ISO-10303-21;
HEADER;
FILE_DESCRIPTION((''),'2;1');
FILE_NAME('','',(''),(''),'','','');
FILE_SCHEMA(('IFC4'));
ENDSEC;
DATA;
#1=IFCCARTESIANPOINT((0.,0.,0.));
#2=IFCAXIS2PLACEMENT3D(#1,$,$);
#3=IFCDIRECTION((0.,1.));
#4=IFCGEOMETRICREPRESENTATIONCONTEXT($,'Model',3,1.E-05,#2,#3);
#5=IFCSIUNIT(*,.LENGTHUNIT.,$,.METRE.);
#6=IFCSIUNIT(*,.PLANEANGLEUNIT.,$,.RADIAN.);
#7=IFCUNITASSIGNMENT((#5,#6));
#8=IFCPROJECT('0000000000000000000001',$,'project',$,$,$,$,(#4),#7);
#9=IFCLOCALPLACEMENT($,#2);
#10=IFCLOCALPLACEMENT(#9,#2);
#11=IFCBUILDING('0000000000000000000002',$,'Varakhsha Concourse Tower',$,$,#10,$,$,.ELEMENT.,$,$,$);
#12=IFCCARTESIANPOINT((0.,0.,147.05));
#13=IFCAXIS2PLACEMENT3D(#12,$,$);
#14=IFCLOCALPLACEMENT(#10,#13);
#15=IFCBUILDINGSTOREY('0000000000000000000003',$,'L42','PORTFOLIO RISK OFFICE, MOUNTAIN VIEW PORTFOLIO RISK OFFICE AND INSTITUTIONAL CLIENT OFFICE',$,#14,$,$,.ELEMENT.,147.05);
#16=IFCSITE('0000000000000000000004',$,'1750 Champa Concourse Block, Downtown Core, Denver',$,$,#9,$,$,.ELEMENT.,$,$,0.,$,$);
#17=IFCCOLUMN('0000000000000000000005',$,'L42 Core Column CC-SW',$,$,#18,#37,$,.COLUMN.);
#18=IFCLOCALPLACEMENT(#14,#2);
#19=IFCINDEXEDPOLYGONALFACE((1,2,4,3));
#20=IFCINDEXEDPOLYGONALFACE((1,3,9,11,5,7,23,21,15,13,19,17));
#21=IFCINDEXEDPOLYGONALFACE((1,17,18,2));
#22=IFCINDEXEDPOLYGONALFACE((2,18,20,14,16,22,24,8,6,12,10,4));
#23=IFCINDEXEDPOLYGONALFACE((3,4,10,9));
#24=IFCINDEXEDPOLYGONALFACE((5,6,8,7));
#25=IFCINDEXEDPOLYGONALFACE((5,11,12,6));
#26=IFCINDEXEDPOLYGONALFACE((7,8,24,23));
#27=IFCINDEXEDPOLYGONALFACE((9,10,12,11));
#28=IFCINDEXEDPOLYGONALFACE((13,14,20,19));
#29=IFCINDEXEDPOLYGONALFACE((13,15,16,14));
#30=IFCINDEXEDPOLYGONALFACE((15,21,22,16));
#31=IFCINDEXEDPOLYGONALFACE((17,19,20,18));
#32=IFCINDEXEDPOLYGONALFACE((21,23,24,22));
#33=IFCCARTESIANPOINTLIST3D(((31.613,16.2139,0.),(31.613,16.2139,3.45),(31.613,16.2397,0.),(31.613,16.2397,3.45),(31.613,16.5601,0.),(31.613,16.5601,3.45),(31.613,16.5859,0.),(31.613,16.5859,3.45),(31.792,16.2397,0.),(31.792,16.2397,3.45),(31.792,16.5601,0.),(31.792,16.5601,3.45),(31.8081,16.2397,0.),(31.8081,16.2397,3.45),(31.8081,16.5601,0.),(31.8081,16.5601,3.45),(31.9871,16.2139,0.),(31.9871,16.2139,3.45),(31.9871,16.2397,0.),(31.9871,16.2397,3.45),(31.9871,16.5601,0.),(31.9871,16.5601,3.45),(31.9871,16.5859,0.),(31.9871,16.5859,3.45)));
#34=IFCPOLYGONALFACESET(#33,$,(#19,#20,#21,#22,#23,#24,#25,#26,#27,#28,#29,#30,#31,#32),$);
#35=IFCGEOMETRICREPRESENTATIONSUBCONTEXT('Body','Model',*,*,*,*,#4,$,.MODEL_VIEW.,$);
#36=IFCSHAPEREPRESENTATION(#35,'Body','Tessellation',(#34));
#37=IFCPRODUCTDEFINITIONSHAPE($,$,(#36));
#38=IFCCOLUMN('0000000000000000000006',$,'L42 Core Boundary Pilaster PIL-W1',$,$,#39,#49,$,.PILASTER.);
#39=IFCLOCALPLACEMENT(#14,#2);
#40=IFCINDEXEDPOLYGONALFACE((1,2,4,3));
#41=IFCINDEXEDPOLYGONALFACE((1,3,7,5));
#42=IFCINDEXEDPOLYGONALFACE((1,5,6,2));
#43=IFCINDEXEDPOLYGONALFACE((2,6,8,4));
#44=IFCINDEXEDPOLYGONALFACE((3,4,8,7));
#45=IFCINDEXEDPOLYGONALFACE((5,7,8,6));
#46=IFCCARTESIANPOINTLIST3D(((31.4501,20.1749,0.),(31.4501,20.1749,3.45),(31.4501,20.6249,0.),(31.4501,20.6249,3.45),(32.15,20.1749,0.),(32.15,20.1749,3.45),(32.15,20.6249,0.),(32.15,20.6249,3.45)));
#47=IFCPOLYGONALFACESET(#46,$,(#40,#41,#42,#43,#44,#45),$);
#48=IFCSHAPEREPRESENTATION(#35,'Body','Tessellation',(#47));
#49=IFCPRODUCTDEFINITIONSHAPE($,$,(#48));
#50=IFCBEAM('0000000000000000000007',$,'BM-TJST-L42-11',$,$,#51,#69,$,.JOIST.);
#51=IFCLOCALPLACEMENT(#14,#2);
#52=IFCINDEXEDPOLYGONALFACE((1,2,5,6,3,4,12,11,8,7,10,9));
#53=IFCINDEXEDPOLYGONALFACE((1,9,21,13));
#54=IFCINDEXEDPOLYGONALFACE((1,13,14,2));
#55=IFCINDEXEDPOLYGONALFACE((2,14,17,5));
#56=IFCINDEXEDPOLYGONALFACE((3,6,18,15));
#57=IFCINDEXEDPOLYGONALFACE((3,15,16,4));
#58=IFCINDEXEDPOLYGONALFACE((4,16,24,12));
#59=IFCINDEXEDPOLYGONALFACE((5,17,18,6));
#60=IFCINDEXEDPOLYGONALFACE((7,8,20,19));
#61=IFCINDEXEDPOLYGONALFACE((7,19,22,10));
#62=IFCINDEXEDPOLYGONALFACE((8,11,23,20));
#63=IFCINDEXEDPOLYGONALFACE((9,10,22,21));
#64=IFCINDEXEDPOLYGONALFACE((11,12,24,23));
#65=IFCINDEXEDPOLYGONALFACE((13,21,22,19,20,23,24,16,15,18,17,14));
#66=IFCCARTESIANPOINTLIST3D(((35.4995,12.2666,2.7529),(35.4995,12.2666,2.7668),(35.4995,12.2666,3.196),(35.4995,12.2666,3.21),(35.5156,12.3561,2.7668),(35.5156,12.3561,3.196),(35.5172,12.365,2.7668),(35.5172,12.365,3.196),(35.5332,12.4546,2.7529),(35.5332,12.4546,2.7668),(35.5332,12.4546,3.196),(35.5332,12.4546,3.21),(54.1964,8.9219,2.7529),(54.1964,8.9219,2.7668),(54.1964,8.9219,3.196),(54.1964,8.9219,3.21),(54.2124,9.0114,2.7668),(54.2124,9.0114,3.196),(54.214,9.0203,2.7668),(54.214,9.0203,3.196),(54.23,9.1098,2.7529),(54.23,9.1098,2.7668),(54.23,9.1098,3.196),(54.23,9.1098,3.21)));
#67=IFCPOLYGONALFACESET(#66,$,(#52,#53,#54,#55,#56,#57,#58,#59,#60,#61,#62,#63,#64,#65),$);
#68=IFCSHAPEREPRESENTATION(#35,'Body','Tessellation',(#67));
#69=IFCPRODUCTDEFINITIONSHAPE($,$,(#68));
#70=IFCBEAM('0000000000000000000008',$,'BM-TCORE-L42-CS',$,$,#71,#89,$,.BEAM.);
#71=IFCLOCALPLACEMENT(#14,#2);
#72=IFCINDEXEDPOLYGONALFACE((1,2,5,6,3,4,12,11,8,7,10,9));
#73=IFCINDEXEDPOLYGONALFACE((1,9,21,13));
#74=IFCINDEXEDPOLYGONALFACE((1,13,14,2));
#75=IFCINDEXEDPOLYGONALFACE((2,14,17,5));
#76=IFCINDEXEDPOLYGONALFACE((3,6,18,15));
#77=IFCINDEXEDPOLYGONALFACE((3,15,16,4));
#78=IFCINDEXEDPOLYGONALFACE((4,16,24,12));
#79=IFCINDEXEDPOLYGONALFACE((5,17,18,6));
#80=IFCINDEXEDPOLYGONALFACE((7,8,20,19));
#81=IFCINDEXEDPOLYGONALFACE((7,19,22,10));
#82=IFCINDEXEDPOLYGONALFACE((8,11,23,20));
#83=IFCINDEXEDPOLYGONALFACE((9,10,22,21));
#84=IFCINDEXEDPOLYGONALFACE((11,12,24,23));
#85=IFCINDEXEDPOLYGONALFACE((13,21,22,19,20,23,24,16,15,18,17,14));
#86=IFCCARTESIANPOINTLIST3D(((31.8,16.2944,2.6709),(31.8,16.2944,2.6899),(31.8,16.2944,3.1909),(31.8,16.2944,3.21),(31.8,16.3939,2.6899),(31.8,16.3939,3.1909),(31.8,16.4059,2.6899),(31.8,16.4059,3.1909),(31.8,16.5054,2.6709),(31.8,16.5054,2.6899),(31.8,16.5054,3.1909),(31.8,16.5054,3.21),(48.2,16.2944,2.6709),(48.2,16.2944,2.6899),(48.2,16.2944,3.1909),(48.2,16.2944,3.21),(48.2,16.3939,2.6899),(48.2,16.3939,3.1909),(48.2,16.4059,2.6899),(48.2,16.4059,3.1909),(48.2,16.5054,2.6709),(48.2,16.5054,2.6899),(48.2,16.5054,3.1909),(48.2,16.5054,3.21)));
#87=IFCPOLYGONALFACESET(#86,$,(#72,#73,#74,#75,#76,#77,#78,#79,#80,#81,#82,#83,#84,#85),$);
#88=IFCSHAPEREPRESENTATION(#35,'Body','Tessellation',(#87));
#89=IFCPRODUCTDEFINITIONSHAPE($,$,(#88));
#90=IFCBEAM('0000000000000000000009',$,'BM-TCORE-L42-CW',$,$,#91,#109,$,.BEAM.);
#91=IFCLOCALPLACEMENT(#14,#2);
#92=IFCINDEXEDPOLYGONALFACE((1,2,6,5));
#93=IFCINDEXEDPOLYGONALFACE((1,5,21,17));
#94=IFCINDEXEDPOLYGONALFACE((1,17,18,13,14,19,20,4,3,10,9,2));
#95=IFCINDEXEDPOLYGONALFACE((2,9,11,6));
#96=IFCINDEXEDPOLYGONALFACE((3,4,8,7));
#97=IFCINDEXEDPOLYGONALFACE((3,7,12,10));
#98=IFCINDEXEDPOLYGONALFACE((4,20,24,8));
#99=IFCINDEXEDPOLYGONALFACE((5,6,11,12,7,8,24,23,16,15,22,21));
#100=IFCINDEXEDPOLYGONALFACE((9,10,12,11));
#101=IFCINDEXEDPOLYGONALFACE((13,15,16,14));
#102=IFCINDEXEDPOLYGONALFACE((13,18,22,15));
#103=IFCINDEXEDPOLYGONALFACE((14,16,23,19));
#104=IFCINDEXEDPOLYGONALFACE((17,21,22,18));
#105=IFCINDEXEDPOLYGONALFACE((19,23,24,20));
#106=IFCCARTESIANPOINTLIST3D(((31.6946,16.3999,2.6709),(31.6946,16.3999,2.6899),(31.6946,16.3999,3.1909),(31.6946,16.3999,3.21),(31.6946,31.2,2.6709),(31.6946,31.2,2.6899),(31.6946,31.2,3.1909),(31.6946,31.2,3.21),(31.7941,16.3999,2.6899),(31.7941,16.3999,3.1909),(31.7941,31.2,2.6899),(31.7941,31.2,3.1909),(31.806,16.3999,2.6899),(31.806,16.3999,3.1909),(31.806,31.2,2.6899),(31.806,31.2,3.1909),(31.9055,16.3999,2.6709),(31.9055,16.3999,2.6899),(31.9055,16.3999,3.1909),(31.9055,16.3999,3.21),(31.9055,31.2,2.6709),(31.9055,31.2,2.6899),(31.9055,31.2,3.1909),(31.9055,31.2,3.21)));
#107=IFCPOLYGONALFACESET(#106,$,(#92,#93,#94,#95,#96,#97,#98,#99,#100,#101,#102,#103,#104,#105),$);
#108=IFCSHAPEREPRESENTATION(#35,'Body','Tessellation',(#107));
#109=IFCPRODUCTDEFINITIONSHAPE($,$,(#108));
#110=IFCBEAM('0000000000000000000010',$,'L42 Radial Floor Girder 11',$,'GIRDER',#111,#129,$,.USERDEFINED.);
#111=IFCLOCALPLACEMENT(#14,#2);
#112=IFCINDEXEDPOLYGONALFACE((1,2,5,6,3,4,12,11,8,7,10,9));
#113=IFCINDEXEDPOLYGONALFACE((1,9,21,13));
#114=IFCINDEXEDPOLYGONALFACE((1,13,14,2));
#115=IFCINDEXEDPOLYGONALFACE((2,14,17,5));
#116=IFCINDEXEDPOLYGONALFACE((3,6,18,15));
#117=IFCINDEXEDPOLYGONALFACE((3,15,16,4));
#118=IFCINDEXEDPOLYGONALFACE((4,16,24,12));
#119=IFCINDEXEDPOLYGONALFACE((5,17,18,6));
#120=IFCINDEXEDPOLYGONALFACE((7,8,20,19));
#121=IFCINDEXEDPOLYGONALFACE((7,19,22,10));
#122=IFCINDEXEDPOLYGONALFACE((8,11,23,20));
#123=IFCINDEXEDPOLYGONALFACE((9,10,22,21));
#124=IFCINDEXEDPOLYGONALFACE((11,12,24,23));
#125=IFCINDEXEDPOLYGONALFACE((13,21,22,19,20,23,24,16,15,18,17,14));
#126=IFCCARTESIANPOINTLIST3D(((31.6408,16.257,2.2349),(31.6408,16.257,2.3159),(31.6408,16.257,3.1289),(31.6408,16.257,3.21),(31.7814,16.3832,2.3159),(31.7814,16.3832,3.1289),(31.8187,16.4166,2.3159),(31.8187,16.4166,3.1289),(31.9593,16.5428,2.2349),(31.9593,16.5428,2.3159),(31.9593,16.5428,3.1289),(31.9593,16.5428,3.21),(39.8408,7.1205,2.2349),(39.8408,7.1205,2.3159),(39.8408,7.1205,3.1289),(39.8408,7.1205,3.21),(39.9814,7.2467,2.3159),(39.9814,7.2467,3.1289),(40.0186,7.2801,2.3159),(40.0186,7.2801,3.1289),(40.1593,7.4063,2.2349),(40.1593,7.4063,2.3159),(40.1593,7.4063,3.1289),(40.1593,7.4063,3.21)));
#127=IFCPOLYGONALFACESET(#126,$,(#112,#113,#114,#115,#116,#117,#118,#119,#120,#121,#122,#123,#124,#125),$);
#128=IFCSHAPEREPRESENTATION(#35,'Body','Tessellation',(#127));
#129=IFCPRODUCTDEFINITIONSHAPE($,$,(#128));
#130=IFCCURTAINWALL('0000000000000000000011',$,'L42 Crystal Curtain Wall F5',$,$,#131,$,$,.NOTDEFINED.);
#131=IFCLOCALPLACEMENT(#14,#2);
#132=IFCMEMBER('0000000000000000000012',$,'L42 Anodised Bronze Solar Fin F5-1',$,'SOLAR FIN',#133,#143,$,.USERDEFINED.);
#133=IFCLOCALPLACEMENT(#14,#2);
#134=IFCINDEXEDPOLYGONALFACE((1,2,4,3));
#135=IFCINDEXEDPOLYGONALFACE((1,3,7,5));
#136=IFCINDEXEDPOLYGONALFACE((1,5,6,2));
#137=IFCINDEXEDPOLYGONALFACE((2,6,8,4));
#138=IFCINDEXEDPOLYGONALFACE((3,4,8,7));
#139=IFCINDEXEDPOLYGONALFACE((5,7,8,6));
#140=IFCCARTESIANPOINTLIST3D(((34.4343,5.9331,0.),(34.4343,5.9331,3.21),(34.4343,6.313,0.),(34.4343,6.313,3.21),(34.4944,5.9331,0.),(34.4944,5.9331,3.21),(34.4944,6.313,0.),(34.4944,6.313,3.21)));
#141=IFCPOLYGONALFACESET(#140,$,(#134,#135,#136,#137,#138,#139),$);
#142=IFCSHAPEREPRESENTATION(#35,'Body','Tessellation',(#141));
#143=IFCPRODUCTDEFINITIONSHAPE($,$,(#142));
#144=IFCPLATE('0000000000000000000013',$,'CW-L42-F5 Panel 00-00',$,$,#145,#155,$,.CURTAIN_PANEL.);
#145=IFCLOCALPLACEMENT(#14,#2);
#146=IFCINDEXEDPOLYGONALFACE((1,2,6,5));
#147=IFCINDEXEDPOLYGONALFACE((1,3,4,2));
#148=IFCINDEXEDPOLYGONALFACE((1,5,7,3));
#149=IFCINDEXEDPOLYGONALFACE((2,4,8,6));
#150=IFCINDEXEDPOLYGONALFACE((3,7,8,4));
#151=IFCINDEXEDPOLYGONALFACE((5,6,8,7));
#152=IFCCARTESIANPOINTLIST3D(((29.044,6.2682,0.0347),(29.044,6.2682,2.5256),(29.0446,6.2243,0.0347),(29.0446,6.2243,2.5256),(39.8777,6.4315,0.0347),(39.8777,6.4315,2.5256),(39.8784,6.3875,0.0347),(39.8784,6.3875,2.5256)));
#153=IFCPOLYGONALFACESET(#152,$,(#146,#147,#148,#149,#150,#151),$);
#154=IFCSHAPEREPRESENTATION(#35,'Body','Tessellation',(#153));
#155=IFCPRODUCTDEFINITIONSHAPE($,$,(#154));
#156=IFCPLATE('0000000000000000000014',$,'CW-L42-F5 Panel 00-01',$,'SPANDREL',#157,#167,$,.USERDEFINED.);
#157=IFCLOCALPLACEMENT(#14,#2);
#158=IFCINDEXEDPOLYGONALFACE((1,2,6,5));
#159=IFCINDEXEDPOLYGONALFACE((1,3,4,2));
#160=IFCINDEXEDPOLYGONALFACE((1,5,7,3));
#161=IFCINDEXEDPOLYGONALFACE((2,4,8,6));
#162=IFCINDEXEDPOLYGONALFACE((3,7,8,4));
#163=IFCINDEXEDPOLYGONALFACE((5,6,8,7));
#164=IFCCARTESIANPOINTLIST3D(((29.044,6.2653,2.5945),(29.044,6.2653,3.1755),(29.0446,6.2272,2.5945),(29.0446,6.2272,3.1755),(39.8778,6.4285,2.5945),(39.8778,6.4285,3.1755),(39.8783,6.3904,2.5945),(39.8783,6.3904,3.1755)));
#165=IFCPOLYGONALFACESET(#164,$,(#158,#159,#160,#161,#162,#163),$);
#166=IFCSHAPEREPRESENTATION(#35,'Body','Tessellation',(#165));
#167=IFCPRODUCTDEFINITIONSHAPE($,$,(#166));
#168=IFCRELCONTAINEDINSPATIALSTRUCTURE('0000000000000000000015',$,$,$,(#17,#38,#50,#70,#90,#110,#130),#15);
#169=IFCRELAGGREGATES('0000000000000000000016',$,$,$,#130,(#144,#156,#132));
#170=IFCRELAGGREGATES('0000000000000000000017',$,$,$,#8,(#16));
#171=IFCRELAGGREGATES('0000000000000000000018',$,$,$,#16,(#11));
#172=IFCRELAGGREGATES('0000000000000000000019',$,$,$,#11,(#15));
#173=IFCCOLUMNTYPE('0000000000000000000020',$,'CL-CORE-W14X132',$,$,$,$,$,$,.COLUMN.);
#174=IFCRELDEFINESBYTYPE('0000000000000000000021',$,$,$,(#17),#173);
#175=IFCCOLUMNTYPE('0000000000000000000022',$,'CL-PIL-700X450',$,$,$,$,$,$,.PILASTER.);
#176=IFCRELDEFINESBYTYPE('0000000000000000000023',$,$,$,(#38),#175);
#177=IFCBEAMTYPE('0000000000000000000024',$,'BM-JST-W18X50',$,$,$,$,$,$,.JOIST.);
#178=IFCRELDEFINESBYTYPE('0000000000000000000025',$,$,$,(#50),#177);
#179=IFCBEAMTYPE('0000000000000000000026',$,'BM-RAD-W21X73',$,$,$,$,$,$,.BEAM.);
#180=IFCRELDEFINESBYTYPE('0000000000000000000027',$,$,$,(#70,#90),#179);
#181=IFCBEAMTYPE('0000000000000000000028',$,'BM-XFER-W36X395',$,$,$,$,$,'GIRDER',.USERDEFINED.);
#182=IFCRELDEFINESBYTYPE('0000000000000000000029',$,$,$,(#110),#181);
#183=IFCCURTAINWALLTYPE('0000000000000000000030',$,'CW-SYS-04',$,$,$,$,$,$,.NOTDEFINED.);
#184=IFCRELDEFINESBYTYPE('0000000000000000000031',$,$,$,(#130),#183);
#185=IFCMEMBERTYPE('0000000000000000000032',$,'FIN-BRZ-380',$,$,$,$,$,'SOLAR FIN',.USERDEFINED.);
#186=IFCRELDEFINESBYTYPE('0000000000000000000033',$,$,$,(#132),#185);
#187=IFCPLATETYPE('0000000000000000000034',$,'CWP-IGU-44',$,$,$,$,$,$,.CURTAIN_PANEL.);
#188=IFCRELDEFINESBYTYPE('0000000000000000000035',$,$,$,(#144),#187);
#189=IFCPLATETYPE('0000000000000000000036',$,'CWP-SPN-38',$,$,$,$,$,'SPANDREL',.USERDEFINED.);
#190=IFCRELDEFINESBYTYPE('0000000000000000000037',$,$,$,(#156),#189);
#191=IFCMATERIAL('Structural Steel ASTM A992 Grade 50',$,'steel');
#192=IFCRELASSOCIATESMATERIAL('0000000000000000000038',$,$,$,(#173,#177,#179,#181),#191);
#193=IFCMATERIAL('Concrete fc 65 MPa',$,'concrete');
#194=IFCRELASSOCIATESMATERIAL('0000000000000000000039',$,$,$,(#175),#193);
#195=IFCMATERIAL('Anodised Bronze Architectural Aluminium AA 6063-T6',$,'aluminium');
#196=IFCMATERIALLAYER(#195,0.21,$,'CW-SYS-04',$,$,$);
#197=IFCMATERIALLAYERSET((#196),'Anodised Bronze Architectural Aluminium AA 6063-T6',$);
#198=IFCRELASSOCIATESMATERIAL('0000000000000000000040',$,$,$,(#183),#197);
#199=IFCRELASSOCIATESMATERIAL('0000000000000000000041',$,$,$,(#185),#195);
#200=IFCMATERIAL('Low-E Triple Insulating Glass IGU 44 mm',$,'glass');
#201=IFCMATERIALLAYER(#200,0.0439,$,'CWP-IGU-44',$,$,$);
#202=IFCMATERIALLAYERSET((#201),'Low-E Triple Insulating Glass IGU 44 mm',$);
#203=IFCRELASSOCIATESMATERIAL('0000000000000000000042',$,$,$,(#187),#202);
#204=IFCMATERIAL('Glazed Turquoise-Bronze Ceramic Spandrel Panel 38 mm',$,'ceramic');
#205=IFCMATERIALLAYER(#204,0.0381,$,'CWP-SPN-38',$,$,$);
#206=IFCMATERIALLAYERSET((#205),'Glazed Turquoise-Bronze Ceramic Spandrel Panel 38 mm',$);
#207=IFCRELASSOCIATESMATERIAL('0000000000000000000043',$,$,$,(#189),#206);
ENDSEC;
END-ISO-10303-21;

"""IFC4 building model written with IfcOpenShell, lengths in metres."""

from ifc_helpers import new_model, si_unit, direction, frame, origin, origin_2d, place, context, subcontext, project, spatial, rectangle, i_section, extrude, source, transform, mapped, material, layer, layer_set, material_profile, profile_set, type_object, type_shapes, element, aggregate, save


model = new_model("IFC4")

# Units and contexts
model_context = context("Model", 3, precision=1e-05, world=origin(), true_north=direction((0.0, 1.0)))
body_context = subcontext(model_context, "Body", "Model", "MODEL_VIEW")
ifc_project = project(units=[si_unit("LENGTHUNIT", "METRE"), si_unit("PLANEANGLEUNIT", "RADIAN")], contexts=[model_context])

# Site, building, storey
site_placement = place(None, origin())
site = spatial("IfcSite", under=ifc_project, at=site_placement, Name="1750 Champa Concourse Block, Downtown Core, Denver", CompositionType="ELEMENT", RefElevation=0.0)
building_placement = place(site_placement, origin())
building = spatial("IfcBuilding", under=site, at=building_placement, Name="Varakhsha Concourse Tower", CompositionType="ELEMENT")
storey_placement = place(building_placement, frame((0.0, 0.0, 147.05)))
storey = spatial("IfcBuildingStorey", under=building, at=storey_placement, Name="L42", Description="PORTFOLIO RISK OFFICE, MOUNTAIN VIEW PORTFOLIO RISK OFFICE AND INSTITUTIONAL CLIENT OFFICE", CompositionType="ELEMENT", Elevation=147.05)

# Columns
ifc_material_1 = material(Name="Structural Steel ASTM A992 Grade 50", Category="steel")
ifc_material_profile_1 = material_profile(ifc_material_1, i_section(OverallWidth=0.374, OverallDepth=0.3721, WebThickness=0.0161, FlangeThickness=0.0259, at=origin_2d()), Name="W14X132")
ifc_profile_set_1 = profile_set([ifc_material_profile_1], Name="Structural Steel ASTM A992 Grade 50")
column_type_1 = type_object("IfcColumnType", Name="CL-CORE-W14X132", PredefinedType="COLUMN", material=ifc_profile_set_1)
column_1_placement = place(storey_placement, frame((31.8, 16.3999, 0.0), z_axis=(0.0, 0.0, 1.0), x_axis=(1.0, 0.0, 0.0)))
element("IfcColumn", 1, at=column_1_placement, inside=storey, type_object=column_type_1, Name="L42 Core Column CC-SW", PredefinedType="COLUMN", context=body_context, shape_type="SweptSolid", body=[
    extrude(i_section(OverallWidth=0.374, OverallDepth=0.3721, WebThickness=0.0161, FlangeThickness=0.0259, at=origin_2d()), origin(), (0.0, 0.0, 1.0), 3.45),
])
ifc_material_2 = material(Name="Concrete fc 65 MPa", Category="concrete")
ifc_material_profile_2 = material_profile(ifc_material_2, rectangle(XDim=0.7, YDim=0.45, at=origin_2d()), Name="RC 700x450")
ifc_profile_set_2 = profile_set([ifc_material_profile_2], Name="Concrete fc 65 MPa")
column_type_2 = type_object("IfcColumnType", Name="CL-PIL-700X450", PredefinedType="PILASTER", material=ifc_profile_set_2)
column_2_placement = place(storey_placement, frame((31.8, 20.3999, 0.0), z_axis=(0.0, 0.0, 1.0), x_axis=(1.0, 0.0, 0.0)))
element("IfcColumn", 2, at=column_2_placement, inside=storey, type_object=column_type_2, Name="L42 Core Boundary Pilaster PIL-W1", PredefinedType="PILASTER", context=body_context, shape_type="SweptSolid", body=[
    extrude(rectangle(XDim=0.7, YDim=0.45, at=origin_2d()), origin(), (0.0, 0.0, 1.0), 3.45),
])

# Beams
ifc_material_profile_3 = material_profile(ifc_material_1, i_section(OverallWidth=0.1909, OverallDepth=0.457, WebThickness=0.009, FlangeThickness=0.0139, at=origin_2d()), Name="W18X50")
ifc_profile_set_3 = profile_set([ifc_material_profile_3], Name="Structural Steel ASTM A992 Grade 50")
beam_type_1 = type_object("IfcBeamType", Name="BM-JST-W18X50", PredefinedType="JOIST", material=ifc_profile_set_3)
beam_1_placement = place(storey_placement, frame((35.5164, 12.3606, 2.9814), z_axis=(0.984373, -0.176098, 0.0), x_axis=(0.176098, 0.984373, 0.0)))
element("IfcBeam", 3, at=beam_1_placement, inside=storey, type_object=beam_type_1, Name="BM-TJST-L42-11", PredefinedType="JOIST", context=body_context, shape_type="SweptSolid", body=[
    extrude(i_section(OverallWidth=0.1909, OverallDepth=0.457, WebThickness=0.009, FlangeThickness=0.0139, at=origin_2d()), origin(), (0.0, 0.0, 1.0), 18.9937),
])
ifc_material_profile_4 = material_profile(ifc_material_1, i_section(OverallWidth=0.2109, OverallDepth=0.5391, WebThickness=0.012, FlangeThickness=0.019, at=origin_2d()), Name="W21X73")
ifc_profile_set_4 = profile_set([ifc_material_profile_4], Name="Structural Steel ASTM A992 Grade 50")
beam_type_2 = type_object("IfcBeamType", Name="BM-RAD-W21X73", PredefinedType="BEAM", material=ifc_profile_set_4)
beam_2_placement = place(storey_placement, frame((31.8, 16.3999, 2.9404), z_axis=(1.0, 0.0, 0.0), x_axis=(0.0, 1.0, 0.0)))
element("IfcBeam", 4, at=beam_2_placement, inside=storey, type_object=beam_type_2, Name="BM-TCORE-L42-CS", PredefinedType="BEAM", context=body_context, shape_type="SweptSolid", body=[
    extrude(i_section(OverallWidth=0.2109, OverallDepth=0.5391, WebThickness=0.012, FlangeThickness=0.019, at=origin_2d()), origin(), (0.0, 0.0, 1.0), 16.3999),
])
beam_3_placement = place(storey_placement, frame((31.8, 16.3999, 2.9404), z_axis=(0.0, 1.0, 0.0), x_axis=(-1.0, 0.0, 0.0)))
element("IfcBeam", 5, at=beam_3_placement, inside=storey, type_object=beam_type_2, Name="BM-TCORE-L42-CW", PredefinedType="BEAM", context=body_context, shape_type="SweptSolid", body=[
    extrude(i_section(OverallWidth=0.2109, OverallDepth=0.5391, WebThickness=0.012, FlangeThickness=0.019, at=origin_2d()), origin(), (0.0, 0.0, 1.0), 14.8),
])
ifc_material_profile_5 = material_profile(ifc_material_1, i_section(OverallWidth=0.428, OverallDepth=0.9751, WebThickness=0.05, FlangeThickness=0.0811, at=origin_2d()), Name="W36X395")
ifc_profile_set_5 = profile_set([ifc_material_profile_5], Name="Structural Steel ASTM A992 Grade 50")
beam_type_3 = type_object("IfcBeamType", Name="BM-XFER-W36X395", ElementType="GIRDER", PredefinedType="USERDEFINED", material=ifc_profile_set_5)
beam_4_placement = place(storey_placement, frame((31.8, 16.3999, 2.7224), z_axis=(0.667935, -0.74422, 0.0), x_axis=(0.74422, 0.667935, 0.0)))
element("IfcBeam", 6, at=beam_4_placement, inside=storey, type_object=beam_type_3, Name="L42 Radial Floor Girder 11", ObjectType="GIRDER", PredefinedType="USERDEFINED", context=body_context, shape_type="SweptSolid", body=[
    extrude(i_section(OverallWidth=0.428, OverallDepth=0.9751, WebThickness=0.05, FlangeThickness=0.0811, at=origin_2d()), origin(), (0.0, 0.0, 1.0), 12.2766),
])

# Curtain wall, member, plates
ifc_material_3 = material(Name="Anodised Bronze Architectural Aluminium AA 6063-T6", Category="aluminium")
ifc_layer_1 = layer(ifc_material_3, 0.21, Name="CW-SYS-04")
ifc_layer_set_1 = layer_set([ifc_layer_1], Name="Anodised Bronze Architectural Aluminium AA 6063-T6")
curtain_wall_type = type_object("IfcCurtainWallType", Name="CW-SYS-04", PredefinedType="NOTDEFINED", material=ifc_layer_set_1)
curtain_wall_placement = place(storey_placement, origin())
curtain_wall = element("IfcCurtainWall", 7, at=curtain_wall_placement, inside=storey, type_object=curtain_wall_type, Name="L42 Crystal Curtain Wall F5", PredefinedType="NOTDEFINED")
ifc_material_profile_6 = material_profile(ifc_material_3, rectangle(XDim=0.0601, YDim=0.3799, at=origin_2d()), Name="FIN-BRZ-380")
ifc_profile_set_6 = profile_set([ifc_material_profile_6], Name="Anodised Bronze Architectural Aluminium AA 6063-T6")
member_type = type_object("IfcMemberType", Name="FIN-BRZ-380", ElementType="SOLAR FIN", PredefinedType="USERDEFINED", material=ifc_profile_set_6)
shared_shape_1 = source(origin(), body_context, "Body", "SweptSolid", [
    extrude(rectangle(XDim=0.0601, YDim=0.3799, at=origin_2d()), origin(), (0.0, 0.0, 1.0), 3.21),
])
type_shapes(member_type, [shared_shape_1])
member_placement = place(storey_placement, frame((34.4644, 6.123, 0.0), z_axis=(0.0, 0.0, 1.0), x_axis=(1.0, 0.0, 0.0)))
member = element("IfcMember", 8, at=member_placement, type_object=member_type, Name="L42 Anodised Bronze Solar Fin F5-1", ObjectType="SOLAR FIN", PredefinedType="USERDEFINED", context=body_context, shape_type="MappedRepresentation", body=[
    mapped(shared_shape_1, transform((0.0, 0.0, 0.0), scale=1.0)),
])
ifc_material_4 = material(Name="Low-E Triple Insulating Glass IGU 44 mm", Category="glass")
ifc_layer_2 = layer(ifc_material_4, 0.0439, Name="CWP-IGU-44")
ifc_layer_set_2 = layer_set([ifc_layer_2], Name="Low-E Triple Insulating Glass IGU 44 mm")
plate_type_1 = type_object("IfcPlateType", Name="CWP-IGU-44", PredefinedType="CURTAIN_PANEL", material=ifc_layer_set_2)
shared_shape_2 = source(origin(), body_context, "Body", "SweptSolid", [
    extrude(rectangle(XDim=10.835, YDim=0.0439, at=origin_2d()), origin(), (0.0, 0.0, 1.0), 2.491),
])
type_shapes(plate_type_1, [shared_shape_2])
plate_1_placement = place(storey_placement, frame((34.4612, 6.3279, 0.0347), z_axis=(0.0, 0.0, 1.0), x_axis=(-0.999887, -0.015063, 0.0)))
plate_1 = element("IfcPlate", 9, at=plate_1_placement, type_object=plate_type_1, Name="CW-L42-F5 Panel 00-00", PredefinedType="CURTAIN_PANEL", context=body_context, shape_type="MappedRepresentation", body=[
    mapped(shared_shape_2, transform((0.0, 0.0, 0.0), scale=1.0)),
])
ifc_material_5 = material(Name="Glazed Turquoise-Bronze Ceramic Spandrel Panel 38 mm", Category="ceramic")
ifc_layer_3 = layer(ifc_material_5, 0.0381, Name="CWP-SPN-38")
ifc_layer_set_3 = layer_set([ifc_layer_3], Name="Glazed Turquoise-Bronze Ceramic Spandrel Panel 38 mm")
plate_type_2 = type_object("IfcPlateType", Name="CWP-SPN-38", ElementType="SPANDREL", PredefinedType="USERDEFINED", material=ifc_layer_set_3)
shared_shape_3 = source(origin(), body_context, "Body", "SweptSolid", [
    extrude(rectangle(XDim=10.835, YDim=0.0381, at=origin_2d()), origin(), (0.0, 0.0, 1.0), 0.5811),
])
type_shapes(plate_type_2, [shared_shape_3])
plate_2_placement = place(storey_placement, frame((34.4612, 6.3279, 2.5945), z_axis=(0.0, 0.0, 1.0), x_axis=(-0.999887, -0.015063, 0.0)))
plate_2 = element("IfcPlate", 10, at=plate_2_placement, type_object=plate_type_2, Name="CW-L42-F5 Panel 00-01", ObjectType="SPANDREL", PredefinedType="USERDEFINED", context=body_context, shape_type="MappedRepresentation", body=[
    mapped(shared_shape_3, transform((0.0, 0.0, 0.0), scale=1.0)),
])
aggregate(curtain_wall, [plate_1, plate_2, member])

save(model, "model.ifc")
